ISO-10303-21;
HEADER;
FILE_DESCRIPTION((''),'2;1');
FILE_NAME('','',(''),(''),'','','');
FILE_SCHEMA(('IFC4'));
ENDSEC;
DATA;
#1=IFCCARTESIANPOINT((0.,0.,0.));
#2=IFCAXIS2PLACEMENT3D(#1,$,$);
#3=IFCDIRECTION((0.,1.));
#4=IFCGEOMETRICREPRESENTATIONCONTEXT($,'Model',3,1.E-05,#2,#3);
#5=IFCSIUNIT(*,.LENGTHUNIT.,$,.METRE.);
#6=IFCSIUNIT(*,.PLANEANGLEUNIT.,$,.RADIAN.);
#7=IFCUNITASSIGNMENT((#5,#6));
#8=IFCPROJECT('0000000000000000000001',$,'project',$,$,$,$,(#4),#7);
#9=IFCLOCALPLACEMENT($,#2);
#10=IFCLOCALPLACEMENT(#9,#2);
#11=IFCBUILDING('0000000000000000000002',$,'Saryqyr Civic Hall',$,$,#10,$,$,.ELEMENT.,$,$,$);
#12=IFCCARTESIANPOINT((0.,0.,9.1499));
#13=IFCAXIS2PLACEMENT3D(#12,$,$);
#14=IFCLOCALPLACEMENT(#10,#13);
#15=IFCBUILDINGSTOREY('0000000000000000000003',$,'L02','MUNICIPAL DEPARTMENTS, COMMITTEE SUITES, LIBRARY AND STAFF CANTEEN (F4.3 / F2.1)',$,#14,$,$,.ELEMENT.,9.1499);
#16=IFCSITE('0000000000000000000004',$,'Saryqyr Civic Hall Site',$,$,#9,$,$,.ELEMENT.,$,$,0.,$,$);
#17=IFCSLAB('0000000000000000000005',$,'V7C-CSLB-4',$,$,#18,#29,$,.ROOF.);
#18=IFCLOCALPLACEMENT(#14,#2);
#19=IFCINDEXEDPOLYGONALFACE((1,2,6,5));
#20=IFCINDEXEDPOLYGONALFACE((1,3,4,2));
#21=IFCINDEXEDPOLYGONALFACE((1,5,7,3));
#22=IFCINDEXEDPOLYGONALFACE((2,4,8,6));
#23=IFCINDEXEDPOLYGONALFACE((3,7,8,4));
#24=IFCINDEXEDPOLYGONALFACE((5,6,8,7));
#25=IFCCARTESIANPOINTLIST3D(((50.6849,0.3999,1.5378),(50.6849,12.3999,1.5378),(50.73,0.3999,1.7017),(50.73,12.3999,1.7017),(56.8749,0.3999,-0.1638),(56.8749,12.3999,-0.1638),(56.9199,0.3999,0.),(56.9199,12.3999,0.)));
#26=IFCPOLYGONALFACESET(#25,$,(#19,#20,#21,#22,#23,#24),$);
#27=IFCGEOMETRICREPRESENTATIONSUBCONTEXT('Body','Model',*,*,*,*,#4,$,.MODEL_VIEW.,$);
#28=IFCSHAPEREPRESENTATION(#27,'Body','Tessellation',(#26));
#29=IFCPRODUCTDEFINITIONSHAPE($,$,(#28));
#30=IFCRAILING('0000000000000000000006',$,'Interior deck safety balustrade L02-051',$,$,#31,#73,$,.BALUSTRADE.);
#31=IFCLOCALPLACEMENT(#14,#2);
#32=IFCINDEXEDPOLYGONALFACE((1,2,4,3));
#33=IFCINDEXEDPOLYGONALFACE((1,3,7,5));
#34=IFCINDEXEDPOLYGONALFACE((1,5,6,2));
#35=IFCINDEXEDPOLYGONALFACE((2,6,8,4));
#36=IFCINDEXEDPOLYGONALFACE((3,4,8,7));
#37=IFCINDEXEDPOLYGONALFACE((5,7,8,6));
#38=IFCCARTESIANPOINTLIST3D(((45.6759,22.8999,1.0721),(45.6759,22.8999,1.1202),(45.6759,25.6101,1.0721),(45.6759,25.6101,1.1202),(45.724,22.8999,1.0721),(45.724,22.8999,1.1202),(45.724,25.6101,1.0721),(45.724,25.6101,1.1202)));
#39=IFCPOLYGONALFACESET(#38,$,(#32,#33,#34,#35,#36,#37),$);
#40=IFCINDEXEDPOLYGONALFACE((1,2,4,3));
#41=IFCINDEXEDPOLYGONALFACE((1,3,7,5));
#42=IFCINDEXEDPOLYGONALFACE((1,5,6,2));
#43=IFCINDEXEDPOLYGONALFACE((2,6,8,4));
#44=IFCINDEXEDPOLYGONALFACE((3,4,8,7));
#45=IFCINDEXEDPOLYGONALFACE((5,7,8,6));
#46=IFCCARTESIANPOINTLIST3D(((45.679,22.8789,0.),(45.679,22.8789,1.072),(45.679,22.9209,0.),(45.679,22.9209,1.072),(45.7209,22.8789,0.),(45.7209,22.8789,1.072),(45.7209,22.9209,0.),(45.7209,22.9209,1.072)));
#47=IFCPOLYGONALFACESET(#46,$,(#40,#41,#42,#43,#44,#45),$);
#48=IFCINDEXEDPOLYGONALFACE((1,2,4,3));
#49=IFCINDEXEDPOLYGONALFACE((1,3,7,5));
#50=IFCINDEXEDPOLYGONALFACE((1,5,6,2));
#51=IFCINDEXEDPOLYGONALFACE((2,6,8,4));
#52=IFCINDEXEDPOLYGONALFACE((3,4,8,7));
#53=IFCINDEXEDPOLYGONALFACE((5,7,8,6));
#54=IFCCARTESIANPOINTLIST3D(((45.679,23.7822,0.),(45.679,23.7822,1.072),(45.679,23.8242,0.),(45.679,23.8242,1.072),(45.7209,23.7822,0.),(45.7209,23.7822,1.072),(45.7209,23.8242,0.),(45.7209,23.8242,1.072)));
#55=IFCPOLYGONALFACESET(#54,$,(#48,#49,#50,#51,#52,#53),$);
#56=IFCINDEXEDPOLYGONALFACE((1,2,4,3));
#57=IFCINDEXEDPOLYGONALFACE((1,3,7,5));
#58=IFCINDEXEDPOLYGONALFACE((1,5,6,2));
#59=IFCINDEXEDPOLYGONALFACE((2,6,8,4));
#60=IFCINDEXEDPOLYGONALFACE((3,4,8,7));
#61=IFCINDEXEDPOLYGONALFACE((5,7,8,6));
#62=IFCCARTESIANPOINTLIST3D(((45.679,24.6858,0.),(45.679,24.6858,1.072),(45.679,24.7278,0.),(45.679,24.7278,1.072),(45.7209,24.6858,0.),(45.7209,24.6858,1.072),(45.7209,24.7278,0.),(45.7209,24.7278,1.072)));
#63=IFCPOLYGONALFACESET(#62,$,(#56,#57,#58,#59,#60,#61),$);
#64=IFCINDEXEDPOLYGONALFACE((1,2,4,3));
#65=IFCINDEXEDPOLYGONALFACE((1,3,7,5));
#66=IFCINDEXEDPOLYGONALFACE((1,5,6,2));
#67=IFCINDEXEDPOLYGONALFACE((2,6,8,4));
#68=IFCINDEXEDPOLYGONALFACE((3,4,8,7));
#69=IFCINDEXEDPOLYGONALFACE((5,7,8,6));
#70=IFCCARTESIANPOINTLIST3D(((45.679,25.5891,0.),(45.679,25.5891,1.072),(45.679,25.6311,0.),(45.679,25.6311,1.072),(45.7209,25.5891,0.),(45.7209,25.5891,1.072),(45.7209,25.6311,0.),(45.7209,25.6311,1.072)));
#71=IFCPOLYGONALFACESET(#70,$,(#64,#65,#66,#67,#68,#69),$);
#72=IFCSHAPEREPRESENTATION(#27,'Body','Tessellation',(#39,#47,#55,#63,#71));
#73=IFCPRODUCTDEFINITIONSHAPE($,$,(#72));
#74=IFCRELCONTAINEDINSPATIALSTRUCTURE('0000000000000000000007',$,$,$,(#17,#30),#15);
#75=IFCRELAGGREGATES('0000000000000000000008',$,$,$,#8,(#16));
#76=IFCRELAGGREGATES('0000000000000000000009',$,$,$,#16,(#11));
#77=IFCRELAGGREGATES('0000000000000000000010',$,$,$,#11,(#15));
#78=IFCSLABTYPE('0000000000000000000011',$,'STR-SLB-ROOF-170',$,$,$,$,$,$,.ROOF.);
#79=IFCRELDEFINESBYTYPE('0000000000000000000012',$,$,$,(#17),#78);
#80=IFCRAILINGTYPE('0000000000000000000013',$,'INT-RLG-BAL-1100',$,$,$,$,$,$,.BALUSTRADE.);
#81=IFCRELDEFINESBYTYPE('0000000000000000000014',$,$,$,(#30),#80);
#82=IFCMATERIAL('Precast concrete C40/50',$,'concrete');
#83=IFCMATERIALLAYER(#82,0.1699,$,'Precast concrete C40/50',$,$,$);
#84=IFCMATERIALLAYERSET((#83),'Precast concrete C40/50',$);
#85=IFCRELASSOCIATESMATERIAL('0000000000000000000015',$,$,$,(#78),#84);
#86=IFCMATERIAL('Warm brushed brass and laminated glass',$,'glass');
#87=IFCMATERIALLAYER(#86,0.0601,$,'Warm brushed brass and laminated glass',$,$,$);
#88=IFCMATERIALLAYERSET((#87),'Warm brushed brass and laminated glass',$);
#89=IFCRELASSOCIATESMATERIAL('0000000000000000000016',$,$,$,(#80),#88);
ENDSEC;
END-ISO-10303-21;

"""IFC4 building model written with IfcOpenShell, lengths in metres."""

from ifc_helpers import new_model, si_unit, direction, frame, origin, origin_2d, place, context, subcontext, project, spatial, polyline, rectangle, outline, extrude, material, layer, layer_set, type_object, element, save


model = new_model("IFC4")

# Units and contexts
model_context = context("Model", 3, precision=1e-05, world=origin(), true_north=direction((0.0, 1.0)))
body_context = subcontext(model_context, "Body", "Model", "MODEL_VIEW")
ifc_project = project(units=[si_unit("LENGTHUNIT", "METRE"), si_unit("PLANEANGLEUNIT", "RADIAN")], contexts=[model_context])

# Site, building, storey
site_placement = place(None, origin())
site = spatial("IfcSite", under=ifc_project, at=site_placement, Name="Saryqyr Civic Hall Site", CompositionType="ELEMENT", RefElevation=0.0)
building_placement = place(site_placement, origin())
building = spatial("IfcBuilding", under=site, at=building_placement, Name="Saryqyr Civic Hall", CompositionType="ELEMENT")
storey_placement = place(building_placement, frame((0.0, 0.0, 9.1499)))
storey = spatial("IfcBuildingStorey", under=building, at=storey_placement, Name="L02", Description="MUNICIPAL DEPARTMENTS, COMMITTEE SUITES, LIBRARY AND STAFF CANTEEN (F4.3 / F2.1)", CompositionType="ELEMENT", Elevation=9.1499)

# Slab
ifc_material_1 = material(Name="Precast concrete C40/50", Category="concrete")
ifc_layer_1 = layer(ifc_material_1, 0.1699, Name="Precast concrete C40/50")
ifc_layer_set_1 = layer_set([ifc_layer_1], Name="Precast concrete C40/50")
slab_type = type_object("IfcSlabType", Name="STR-SLB-ROOF-170", PredefinedType="ROOF", material=ifc_layer_set_1)
slab_1_placement = place(storey_placement, frame((50.73, 0.3999, 1.7017), z_axis=(0.265073, 0.0, 0.964228), x_axis=(0.964228, 0.0, -0.265073)))
element("IfcSlab", 1, at=slab_1_placement, inside=storey, type_object=slab_type, Name="V7C-CSLB-4", PredefinedType="ROOF", context=body_context, shape_type="SweptSolid", body=[
    extrude(outline(polyline([(0.0, 0.0), (6.4196, 0.0), (6.4196, 12.0), (0.0, 12.0), (0.0, 0.0)])), origin(), (0.0, 0.0, -1.0), 0.1699),
])

# Railing
ifc_material_2 = material(Name="Warm brushed brass and laminated glass", Category="glass")
ifc_layer_2 = layer(ifc_material_2, 0.0601, Name="Warm brushed brass and laminated glass")
ifc_layer_set_2 = layer_set([ifc_layer_2], Name="Warm brushed brass and laminated glass")
railing_type = type_object("IfcRailingType", Name="INT-RLG-BAL-1100", PredefinedType="BALUSTRADE", material=ifc_layer_set_2)
railing_placement = place(storey_placement, frame((45.7, 22.8999, 0.0)))
element("IfcRailing", 2, at=railing_placement, inside=storey, type_object=railing_type, Name="Interior deck safety balustrade L02-051", PredefinedType="BALUSTRADE", context=body_context, shape_type="SweptSolid", body=[
    extrude(rectangle(XDim=0.0481, YDim=0.0481, at=origin_2d()), frame((0.0, 0.0, 1.0962), z_axis=(0.0, 1.0, 0.0), x_axis=(-1.0, 0.0, 0.0)), (0.0, 0.0, 1.0), 2.7102),
    extrude(rectangle(XDim=0.042, YDim=0.042, at=origin_2d()), origin(), (0.0, 0.0, 1.0), 1.072),
    extrude(rectangle(XDim=0.042, YDim=0.042, at=origin_2d()), frame((0.0, 0.9033, 0.0)), (0.0, 0.0, 1.0), 1.072),
    extrude(rectangle(XDim=0.042, YDim=0.042, at=origin_2d()), frame((0.0, 1.8069, 0.0)), (0.0, 0.0, 1.0), 1.072),
    extrude(rectangle(XDim=0.042, YDim=0.042, at=origin_2d()), frame((0.0, 2.7102, 0.0)), (0.0, 0.0, 1.0), 1.072),
])

save(model, "model.ifc")
